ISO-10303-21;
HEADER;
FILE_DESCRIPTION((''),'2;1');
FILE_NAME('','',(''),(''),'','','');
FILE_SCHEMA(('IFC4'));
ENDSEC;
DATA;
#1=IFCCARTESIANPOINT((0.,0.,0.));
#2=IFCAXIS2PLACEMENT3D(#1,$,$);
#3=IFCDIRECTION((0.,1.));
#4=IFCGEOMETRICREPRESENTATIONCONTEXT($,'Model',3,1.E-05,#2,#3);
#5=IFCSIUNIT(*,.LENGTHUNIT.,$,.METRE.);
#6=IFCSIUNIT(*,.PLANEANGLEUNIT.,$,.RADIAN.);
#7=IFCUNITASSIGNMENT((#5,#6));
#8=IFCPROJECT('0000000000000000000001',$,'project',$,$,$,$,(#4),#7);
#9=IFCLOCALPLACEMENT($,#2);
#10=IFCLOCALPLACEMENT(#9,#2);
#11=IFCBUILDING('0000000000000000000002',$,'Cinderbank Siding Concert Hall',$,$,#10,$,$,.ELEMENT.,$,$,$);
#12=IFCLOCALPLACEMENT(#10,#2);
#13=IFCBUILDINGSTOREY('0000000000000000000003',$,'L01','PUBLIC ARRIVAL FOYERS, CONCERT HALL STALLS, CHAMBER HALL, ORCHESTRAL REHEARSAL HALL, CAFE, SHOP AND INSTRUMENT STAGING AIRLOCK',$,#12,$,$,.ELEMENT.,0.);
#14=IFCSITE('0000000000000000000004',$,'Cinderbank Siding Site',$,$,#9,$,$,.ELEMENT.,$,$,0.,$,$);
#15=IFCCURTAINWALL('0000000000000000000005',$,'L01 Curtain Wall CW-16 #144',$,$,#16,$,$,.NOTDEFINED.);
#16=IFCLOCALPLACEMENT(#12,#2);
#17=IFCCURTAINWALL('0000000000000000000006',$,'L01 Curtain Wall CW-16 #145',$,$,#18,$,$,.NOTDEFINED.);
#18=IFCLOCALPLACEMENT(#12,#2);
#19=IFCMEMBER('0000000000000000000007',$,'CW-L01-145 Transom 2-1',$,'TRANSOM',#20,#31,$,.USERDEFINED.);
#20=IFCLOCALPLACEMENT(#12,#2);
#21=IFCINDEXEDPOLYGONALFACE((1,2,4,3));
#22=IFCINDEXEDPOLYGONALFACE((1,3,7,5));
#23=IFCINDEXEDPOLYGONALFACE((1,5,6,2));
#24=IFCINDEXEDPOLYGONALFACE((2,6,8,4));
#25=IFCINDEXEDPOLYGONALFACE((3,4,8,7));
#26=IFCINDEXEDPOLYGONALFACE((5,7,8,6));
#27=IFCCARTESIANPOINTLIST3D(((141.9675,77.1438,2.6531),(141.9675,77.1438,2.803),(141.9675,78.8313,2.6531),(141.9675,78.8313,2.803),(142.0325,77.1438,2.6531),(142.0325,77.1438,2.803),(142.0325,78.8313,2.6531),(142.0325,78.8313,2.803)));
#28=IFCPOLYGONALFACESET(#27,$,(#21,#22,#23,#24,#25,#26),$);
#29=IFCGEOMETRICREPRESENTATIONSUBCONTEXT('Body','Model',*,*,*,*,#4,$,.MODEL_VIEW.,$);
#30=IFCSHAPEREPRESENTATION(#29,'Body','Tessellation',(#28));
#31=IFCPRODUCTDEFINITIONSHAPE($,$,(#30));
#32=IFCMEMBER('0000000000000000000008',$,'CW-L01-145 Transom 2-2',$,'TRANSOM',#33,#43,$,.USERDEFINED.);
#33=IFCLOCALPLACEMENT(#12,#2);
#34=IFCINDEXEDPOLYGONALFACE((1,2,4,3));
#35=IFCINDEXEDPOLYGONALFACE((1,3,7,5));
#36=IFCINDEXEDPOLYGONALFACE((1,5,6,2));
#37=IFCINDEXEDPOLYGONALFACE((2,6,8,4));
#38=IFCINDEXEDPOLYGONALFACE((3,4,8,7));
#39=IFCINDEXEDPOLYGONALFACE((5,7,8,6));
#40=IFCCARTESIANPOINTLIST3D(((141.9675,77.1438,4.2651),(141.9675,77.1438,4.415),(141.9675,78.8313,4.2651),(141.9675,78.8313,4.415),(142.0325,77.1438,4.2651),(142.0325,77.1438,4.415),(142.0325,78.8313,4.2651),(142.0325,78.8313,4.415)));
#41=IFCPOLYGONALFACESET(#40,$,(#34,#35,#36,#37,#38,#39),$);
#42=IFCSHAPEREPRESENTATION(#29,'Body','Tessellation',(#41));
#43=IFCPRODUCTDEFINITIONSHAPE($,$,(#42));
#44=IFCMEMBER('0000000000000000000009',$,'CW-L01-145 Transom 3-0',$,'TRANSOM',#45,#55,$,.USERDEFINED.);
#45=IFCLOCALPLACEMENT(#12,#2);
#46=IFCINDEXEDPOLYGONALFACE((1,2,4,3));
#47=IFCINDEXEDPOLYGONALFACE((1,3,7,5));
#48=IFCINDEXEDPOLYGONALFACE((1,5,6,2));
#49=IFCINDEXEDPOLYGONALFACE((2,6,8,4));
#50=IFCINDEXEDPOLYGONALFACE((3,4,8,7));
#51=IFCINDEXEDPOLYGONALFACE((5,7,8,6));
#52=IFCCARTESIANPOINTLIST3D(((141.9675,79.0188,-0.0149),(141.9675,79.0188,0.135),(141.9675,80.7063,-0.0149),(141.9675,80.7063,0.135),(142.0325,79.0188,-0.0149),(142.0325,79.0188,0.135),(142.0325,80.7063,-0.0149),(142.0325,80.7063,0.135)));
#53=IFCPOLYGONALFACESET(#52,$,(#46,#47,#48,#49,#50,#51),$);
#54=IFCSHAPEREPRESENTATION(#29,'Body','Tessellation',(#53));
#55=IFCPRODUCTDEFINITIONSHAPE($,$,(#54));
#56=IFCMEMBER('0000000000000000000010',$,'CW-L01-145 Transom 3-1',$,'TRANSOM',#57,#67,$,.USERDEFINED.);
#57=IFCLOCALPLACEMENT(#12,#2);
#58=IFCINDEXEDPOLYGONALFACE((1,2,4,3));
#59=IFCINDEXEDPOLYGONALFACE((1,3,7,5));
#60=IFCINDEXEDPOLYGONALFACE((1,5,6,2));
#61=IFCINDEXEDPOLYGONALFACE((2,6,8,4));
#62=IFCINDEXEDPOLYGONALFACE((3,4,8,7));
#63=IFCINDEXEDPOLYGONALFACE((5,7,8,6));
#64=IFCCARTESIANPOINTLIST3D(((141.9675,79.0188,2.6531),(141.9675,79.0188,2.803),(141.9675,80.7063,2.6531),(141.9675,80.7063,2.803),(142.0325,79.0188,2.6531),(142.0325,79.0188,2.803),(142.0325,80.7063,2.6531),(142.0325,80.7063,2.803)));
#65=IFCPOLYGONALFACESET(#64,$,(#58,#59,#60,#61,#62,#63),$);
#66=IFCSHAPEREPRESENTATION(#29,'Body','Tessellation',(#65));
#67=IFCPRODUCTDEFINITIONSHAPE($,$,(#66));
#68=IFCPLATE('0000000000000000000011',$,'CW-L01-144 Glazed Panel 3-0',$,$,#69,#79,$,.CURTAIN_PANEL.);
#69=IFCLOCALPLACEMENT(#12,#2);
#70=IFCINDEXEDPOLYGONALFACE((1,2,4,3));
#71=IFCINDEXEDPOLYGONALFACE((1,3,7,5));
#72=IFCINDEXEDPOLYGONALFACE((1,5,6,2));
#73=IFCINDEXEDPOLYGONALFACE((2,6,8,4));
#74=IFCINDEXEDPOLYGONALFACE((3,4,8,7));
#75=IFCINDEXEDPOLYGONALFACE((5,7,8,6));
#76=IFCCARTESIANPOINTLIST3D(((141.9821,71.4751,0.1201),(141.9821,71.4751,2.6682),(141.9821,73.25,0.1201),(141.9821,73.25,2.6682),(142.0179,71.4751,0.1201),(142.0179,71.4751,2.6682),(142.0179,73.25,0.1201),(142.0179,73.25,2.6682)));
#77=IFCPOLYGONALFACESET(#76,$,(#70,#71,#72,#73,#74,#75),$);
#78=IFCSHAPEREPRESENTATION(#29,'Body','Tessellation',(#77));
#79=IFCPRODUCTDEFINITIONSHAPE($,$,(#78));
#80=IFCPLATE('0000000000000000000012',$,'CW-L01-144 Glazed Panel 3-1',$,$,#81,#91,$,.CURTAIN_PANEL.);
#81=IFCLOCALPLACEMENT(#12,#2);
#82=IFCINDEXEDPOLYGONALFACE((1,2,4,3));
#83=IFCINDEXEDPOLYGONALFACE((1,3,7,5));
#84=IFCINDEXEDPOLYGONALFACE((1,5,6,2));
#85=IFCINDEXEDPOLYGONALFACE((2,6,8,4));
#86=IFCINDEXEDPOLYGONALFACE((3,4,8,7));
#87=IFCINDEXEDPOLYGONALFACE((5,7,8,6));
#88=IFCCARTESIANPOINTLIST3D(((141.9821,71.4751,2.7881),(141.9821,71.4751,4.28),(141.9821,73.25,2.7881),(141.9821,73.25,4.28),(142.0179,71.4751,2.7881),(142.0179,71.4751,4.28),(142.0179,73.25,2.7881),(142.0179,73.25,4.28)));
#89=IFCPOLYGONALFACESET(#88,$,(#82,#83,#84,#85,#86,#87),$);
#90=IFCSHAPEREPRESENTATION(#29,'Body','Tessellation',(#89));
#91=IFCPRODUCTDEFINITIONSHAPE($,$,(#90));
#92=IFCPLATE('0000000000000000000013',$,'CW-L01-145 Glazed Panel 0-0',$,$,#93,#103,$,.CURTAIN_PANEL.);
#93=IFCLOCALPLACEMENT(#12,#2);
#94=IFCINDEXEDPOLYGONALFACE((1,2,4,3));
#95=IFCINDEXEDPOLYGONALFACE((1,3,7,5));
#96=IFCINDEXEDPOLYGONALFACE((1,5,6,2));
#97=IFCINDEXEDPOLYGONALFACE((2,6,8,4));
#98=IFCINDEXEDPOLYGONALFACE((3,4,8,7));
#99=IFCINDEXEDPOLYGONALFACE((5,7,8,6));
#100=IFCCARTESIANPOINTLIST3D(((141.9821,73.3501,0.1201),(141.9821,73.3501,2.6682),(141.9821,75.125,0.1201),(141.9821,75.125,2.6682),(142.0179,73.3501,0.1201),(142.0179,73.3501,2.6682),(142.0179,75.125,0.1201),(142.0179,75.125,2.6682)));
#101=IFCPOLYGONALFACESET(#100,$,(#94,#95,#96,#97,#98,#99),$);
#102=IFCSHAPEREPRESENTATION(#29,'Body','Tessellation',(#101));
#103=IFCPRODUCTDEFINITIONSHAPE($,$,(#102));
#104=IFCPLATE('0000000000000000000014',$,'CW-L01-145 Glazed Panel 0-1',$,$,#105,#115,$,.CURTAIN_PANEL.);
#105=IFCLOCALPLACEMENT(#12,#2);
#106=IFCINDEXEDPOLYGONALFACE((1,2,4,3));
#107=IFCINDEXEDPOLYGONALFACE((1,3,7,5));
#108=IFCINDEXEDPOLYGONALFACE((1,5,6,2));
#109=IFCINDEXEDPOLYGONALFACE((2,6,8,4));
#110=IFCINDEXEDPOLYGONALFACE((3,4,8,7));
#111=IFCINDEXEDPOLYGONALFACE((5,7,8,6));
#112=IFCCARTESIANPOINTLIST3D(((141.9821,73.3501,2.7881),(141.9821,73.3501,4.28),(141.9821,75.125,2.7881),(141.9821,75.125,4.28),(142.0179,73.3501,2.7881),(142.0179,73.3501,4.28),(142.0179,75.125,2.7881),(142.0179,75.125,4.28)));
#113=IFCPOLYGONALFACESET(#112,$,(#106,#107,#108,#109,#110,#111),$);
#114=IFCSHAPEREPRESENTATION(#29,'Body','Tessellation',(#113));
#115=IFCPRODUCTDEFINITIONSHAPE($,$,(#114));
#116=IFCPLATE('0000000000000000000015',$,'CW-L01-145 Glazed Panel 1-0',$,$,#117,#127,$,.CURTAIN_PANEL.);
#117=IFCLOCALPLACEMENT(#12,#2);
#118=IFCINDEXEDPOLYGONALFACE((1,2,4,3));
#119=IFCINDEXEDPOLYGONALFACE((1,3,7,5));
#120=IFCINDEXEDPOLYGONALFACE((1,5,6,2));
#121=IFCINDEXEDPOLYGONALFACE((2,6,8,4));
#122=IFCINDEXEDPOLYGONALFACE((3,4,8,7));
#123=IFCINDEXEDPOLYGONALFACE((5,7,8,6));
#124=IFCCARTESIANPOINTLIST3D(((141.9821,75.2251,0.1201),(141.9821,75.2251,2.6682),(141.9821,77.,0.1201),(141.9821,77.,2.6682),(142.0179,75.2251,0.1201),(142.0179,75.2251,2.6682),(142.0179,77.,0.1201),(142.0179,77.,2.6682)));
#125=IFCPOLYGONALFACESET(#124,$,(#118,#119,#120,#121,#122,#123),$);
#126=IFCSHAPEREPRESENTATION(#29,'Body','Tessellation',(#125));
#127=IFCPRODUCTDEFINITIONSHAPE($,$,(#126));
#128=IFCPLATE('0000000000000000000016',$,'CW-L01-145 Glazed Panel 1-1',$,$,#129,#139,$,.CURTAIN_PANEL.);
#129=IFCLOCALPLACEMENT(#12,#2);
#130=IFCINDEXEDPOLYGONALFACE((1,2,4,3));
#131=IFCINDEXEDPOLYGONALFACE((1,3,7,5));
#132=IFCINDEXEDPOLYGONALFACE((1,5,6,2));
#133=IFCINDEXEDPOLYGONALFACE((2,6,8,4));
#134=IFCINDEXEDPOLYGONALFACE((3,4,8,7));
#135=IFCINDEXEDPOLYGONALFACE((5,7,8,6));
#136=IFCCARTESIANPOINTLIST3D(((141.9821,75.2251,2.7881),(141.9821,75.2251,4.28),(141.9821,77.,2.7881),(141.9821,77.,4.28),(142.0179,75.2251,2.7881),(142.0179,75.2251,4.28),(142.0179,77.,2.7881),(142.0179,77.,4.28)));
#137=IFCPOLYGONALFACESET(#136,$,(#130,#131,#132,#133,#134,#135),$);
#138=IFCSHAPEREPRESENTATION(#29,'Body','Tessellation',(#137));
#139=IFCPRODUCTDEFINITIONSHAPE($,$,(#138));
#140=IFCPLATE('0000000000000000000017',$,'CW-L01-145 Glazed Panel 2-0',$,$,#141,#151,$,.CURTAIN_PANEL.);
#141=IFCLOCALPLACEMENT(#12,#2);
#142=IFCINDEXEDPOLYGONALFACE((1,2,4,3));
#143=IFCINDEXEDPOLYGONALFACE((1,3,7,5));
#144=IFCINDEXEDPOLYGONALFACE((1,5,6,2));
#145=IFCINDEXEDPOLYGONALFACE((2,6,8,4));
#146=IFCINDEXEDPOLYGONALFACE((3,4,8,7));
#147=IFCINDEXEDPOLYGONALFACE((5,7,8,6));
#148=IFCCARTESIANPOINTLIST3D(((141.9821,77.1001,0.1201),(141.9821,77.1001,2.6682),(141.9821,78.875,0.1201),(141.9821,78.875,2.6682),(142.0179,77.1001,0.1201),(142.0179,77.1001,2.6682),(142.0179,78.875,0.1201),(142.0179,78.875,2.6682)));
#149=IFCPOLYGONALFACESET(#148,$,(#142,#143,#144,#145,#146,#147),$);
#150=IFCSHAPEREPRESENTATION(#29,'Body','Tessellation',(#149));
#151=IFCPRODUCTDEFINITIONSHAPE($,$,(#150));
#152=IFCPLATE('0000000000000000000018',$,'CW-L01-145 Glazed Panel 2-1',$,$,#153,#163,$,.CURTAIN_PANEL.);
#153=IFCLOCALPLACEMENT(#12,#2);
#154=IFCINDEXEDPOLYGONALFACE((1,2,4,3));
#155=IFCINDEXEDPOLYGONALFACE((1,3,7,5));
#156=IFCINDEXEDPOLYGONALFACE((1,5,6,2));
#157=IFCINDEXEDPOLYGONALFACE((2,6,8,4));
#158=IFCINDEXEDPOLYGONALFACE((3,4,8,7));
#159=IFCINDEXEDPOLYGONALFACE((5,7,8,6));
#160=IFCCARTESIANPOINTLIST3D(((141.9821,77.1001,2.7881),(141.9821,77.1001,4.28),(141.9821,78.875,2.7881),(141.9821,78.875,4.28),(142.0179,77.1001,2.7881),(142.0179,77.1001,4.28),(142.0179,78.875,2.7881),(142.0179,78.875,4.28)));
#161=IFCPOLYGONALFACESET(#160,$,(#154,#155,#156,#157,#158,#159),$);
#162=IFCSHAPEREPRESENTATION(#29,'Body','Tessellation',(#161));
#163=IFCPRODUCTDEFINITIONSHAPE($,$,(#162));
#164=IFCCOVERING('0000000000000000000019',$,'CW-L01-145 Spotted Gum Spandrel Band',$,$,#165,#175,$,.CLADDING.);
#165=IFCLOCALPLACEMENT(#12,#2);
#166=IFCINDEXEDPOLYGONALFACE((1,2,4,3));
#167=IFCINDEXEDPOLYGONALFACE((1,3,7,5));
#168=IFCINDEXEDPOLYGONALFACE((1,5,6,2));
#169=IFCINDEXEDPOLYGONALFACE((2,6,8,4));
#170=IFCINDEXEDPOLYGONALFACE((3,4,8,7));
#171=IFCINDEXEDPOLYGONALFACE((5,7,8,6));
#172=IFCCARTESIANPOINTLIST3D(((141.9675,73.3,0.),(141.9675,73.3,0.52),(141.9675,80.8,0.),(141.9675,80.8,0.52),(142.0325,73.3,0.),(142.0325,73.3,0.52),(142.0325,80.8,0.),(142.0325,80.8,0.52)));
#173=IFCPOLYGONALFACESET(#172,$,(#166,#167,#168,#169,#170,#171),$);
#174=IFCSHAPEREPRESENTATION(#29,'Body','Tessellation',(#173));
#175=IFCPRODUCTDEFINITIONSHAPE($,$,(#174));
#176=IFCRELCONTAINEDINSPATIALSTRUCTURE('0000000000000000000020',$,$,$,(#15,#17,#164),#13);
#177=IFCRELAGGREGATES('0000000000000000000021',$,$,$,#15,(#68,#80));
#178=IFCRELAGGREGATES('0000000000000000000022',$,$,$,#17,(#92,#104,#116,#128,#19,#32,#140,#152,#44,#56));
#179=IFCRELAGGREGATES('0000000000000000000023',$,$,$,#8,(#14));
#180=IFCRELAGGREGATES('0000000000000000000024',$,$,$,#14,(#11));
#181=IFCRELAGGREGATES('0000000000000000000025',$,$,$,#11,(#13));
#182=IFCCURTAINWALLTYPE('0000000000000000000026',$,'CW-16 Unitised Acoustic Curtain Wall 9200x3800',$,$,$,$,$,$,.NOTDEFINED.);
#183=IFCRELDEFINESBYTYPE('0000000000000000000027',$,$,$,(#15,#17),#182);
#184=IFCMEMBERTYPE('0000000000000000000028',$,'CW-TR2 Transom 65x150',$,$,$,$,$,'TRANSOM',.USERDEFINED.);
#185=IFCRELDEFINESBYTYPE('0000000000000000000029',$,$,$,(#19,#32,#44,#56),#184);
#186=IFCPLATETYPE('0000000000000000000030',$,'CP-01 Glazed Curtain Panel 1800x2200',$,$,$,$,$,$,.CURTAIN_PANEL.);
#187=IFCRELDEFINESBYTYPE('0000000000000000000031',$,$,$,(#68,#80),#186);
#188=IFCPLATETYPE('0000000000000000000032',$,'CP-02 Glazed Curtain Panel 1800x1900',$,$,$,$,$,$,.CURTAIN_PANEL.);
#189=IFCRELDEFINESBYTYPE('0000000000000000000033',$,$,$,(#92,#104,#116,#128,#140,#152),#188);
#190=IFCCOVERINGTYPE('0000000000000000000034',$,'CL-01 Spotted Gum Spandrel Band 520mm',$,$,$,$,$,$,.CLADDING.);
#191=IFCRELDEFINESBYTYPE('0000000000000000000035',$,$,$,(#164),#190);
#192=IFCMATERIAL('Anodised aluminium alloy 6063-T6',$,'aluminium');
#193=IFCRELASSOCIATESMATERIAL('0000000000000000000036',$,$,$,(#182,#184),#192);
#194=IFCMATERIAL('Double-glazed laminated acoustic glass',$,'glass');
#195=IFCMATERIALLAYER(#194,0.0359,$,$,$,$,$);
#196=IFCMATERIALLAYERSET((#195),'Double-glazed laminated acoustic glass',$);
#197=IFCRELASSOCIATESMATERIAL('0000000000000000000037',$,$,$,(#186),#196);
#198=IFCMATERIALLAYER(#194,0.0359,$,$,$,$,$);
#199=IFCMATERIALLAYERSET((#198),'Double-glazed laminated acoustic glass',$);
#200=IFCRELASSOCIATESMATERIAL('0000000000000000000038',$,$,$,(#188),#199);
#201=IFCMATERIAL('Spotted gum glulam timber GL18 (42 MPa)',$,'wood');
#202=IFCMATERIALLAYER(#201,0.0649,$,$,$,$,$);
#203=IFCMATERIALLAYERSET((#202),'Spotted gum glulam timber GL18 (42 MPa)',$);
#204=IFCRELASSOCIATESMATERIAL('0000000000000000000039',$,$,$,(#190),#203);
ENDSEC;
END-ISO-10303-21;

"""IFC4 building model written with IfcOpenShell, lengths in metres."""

from ifc_helpers import new_model, si_unit, direction, frame, origin, origin_2d, place, context, subcontext, project, spatial, rectangle, extrude, material, layer, layer_set, material_profile, profile_set, type_object, element, aggregate, save


model = new_model("IFC4")

# Units and contexts
model_context = context("Model", 3, precision=1e-05, world=origin(), true_north=direction((0.0, 1.0)))
body_context = subcontext(model_context, "Body", "Model", "MODEL_VIEW")
ifc_project = project(units=[si_unit("LENGTHUNIT", "METRE"), si_unit("PLANEANGLEUNIT", "RADIAN")], contexts=[model_context])

# Site, building, storey
site_placement = place(None, origin())
site = spatial("IfcSite", under=ifc_project, at=site_placement, Name="Cinderbank Siding Site", CompositionType="ELEMENT", RefElevation=0.0)
building_placement = place(site_placement, origin())
building = spatial("IfcBuilding", under=site, at=building_placement, Name="Cinderbank Siding Concert Hall", CompositionType="ELEMENT")
storey_placement = place(building_placement, origin())
storey = spatial("IfcBuildingStorey", under=building, at=storey_placement, Name="L01", Description="PUBLIC ARRIVAL FOYERS, CONCERT HALL STALLS, CHAMBER HALL, ORCHESTRAL REHEARSAL HALL, CAFE, SHOP AND INSTRUMENT STAGING AIRLOCK", CompositionType="ELEMENT", Elevation=0.0)

# Curtain wall
ifc_material_1 = material(Name="Anodised aluminium alloy 6063-T6", Category="aluminium")
curtain_wall_type = type_object("IfcCurtainWallType", Name="CW-16 Unitised Acoustic Curtain Wall 9200x3800", PredefinedType="NOTDEFINED", material=ifc_material_1)
curtain_wall_1_placement = place(storey_placement, origin())
curtain_wall_1 = element("IfcCurtainWall", 1, at=curtain_wall_1_placement, inside=storey, type_object=curtain_wall_type, Name="L01 Curtain Wall CW-16 #144", PredefinedType="NOTDEFINED")

# Curtain wall
curtain_wall_2_placement = place(storey_placement, origin())
curtain_wall_2 = element("IfcCurtainWall", 2, at=curtain_wall_2_placement, inside=storey, type_object=curtain_wall_type, Name="L01 Curtain Wall CW-16 #145", PredefinedType="NOTDEFINED")

# Members
ifc_material_profile_1 = material_profile(ifc_material_1, rectangle(XDim=0.0649, YDim=0.1499, at=origin_2d()), Name="ALU-TRAN-65x150", Category="LoadBearing")
ifc_profile_set_1 = profile_set([ifc_material_profile_1], Name="Anodised aluminium alloy 6063-T6")
member_type_1 = type_object("IfcMemberType", Name="CW-TR2 Transom 65x150", ElementType="TRANSOM", PredefinedType="USERDEFINED", material=ifc_profile_set_1)
member_1_placement = place(storey_placement, frame((142.0, 77.1438, 2.728), z_axis=(0.0, 1.0, 0.0), x_axis=(-1.0, 0.0, 0.0)))
member_1 = element("IfcMember", 3, at=member_1_placement, type_object=member_type_1, Name="CW-L01-145 Transom 2-1", ObjectType="TRANSOM", PredefinedType="USERDEFINED", context=body_context, shape_type="SweptSolid", body=[
    extrude(rectangle(XDim=0.0649, YDim=0.1499, at=origin_2d()), origin(), (0.0, 0.0, 1.0), 1.6875),
])
member_2_placement = place(storey_placement, frame((142.0, 77.1438, 4.3401), z_axis=(0.0, 1.0, 0.0), x_axis=(-1.0, 0.0, 0.0)))
member_2 = element("IfcMember", 4, at=member_2_placement, type_object=member_type_1, Name="CW-L01-145 Transom 2-2", ObjectType="TRANSOM", PredefinedType="USERDEFINED", context=body_context, shape_type="SweptSolid", body=[
    extrude(rectangle(XDim=0.0649, YDim=0.1499, at=origin_2d()), origin(), (0.0, 0.0, 1.0), 1.6875),
])
member_3_placement = place(storey_placement, frame((142.0, 79.0188, 0.0601), z_axis=(0.0, 1.0, 0.0), x_axis=(-1.0, 0.0, 0.0)))
member_3 = element("IfcMember", 5, at=member_3_placement, type_object=member_type_1, Name="CW-L01-145 Transom 3-0", ObjectType="TRANSOM", PredefinedType="USERDEFINED", context=body_context, shape_type="SweptSolid", body=[
    extrude(rectangle(XDim=0.0649, YDim=0.1499, at=origin_2d()), origin(), (0.0, 0.0, 1.0), 1.6875),
])
member_4_placement = place(storey_placement, frame((142.0, 79.0188, 2.728), z_axis=(0.0, 1.0, 0.0), x_axis=(-1.0, 0.0, 0.0)))
member_4 = element("IfcMember", 6, at=member_4_placement, type_object=member_type_1, Name="CW-L01-145 Transom 3-1", ObjectType="TRANSOM", PredefinedType="USERDEFINED", context=body_context, shape_type="SweptSolid", body=[
    extrude(rectangle(XDim=0.0649, YDim=0.1499, at=origin_2d()), origin(), (0.0, 0.0, 1.0), 1.6875),
])

# Plates
ifc_material_2 = material(Name="Double-glazed laminated acoustic glass", Category="glass")
ifc_layer_1 = layer(ifc_material_2, 0.0359)
ifc_layer_set_1 = layer_set([ifc_layer_1], Name="Double-glazed laminated acoustic glass")
plate_type_1 = type_object("IfcPlateType", Name="CP-01 Glazed Curtain Panel 1800x2200", PredefinedType="CURTAIN_PANEL", material=ifc_layer_set_1)
plate_1_placement = place(storey_placement, frame((142.0, 72.3625, 0.1201), z_axis=(0.0, 0.0, 1.0), x_axis=(0.0, 1.0, 0.0)))
plate_1 = element("IfcPlate", 7, at=plate_1_placement, type_object=plate_type_1, Name="CW-L01-144 Glazed Panel 3-0", PredefinedType="CURTAIN_PANEL", context=body_context, shape_type="SweptSolid", body=[
    extrude(rectangle(XDim=1.7749, YDim=0.0359, at=origin_2d()), origin(), (0.0, 0.0, 1.0), 2.5481),
])
plate_2_placement = place(storey_placement, frame((142.0, 72.3625, 2.7881), z_axis=(0.0, 0.0, 1.0), x_axis=(0.0, 1.0, 0.0)))
plate_2 = element("IfcPlate", 8, at=plate_2_placement, type_object=plate_type_1, Name="CW-L01-144 Glazed Panel 3-1", PredefinedType="CURTAIN_PANEL", context=body_context, shape_type="SweptSolid", body=[
    extrude(rectangle(XDim=1.7749, YDim=0.0359, at=origin_2d()), origin(), (0.0, 0.0, 1.0), 1.4919),
])
aggregate(curtain_wall_1, [plate_1, plate_2])
ifc_layer_2 = layer(ifc_material_2, 0.0359)
ifc_layer_set_2 = layer_set([ifc_layer_2], Name="Double-glazed laminated acoustic glass")
plate_type_2 = type_object("IfcPlateType", Name="CP-02 Glazed Curtain Panel 1800x1900", PredefinedType="CURTAIN_PANEL", material=ifc_layer_set_2)
plate_3_placement = place(storey_placement, frame((142.0, 74.2375, 0.1201), z_axis=(0.0, 0.0, 1.0), x_axis=(0.0, 1.0, 0.0)))
plate_3 = element("IfcPlate", 9, at=plate_3_placement, type_object=plate_type_2, Name="CW-L01-145 Glazed Panel 0-0", PredefinedType="CURTAIN_PANEL", context=body_context, shape_type="SweptSolid", body=[
    extrude(rectangle(XDim=1.7749, YDim=0.0359, at=origin_2d()), origin(), (0.0, 0.0, 1.0), 2.5481),
])
plate_4_placement = place(storey_placement, frame((142.0, 74.2375, 2.7881), z_axis=(0.0, 0.0, 1.0), x_axis=(0.0, 1.0, 0.0)))
plate_4 = element("IfcPlate", 10, at=plate_4_placement, type_object=plate_type_2, Name="CW-L01-145 Glazed Panel 0-1", PredefinedType="CURTAIN_PANEL", context=body_context, shape_type="SweptSolid", body=[
    extrude(rectangle(XDim=1.7749, YDim=0.0359, at=origin_2d()), origin(), (0.0, 0.0, 1.0), 1.4919),
])
plate_5_placement = place(storey_placement, frame((142.0, 76.1125, 0.1201), z_axis=(0.0, 0.0, 1.0), x_axis=(0.0, 1.0, 0.0)))
plate_5 = element("IfcPlate", 11, at=plate_5_placement, type_object=plate_type_2, Name="CW-L01-145 Glazed Panel 1-0", PredefinedType="CURTAIN_PANEL", context=body_context, shape_type="SweptSolid", body=[
    extrude(rectangle(XDim=1.7749, YDim=0.0359, at=origin_2d()), origin(), (0.0, 0.0, 1.0), 2.5481),
])
plate_6_placement = place(storey_placement, frame((142.0, 76.1125, 2.7881), z_axis=(0.0, 0.0, 1.0), x_axis=(0.0, 1.0, 0.0)))
plate_6 = element("IfcPlate", 12, at=plate_6_placement, type_object=plate_type_2, Name="CW-L01-145 Glazed Panel 1-1", PredefinedType="CURTAIN_PANEL", context=body_context, shape_type="SweptSolid", body=[
    extrude(rectangle(XDim=1.7749, YDim=0.0359, at=origin_2d()), origin(), (0.0, 0.0, 1.0), 1.4919),
])
plate_7_placement = place(storey_placement, frame((142.0, 77.9875, 0.1201), z_axis=(0.0, 0.0, 1.0), x_axis=(0.0, 1.0, 0.0)))
plate_7 = element("IfcPlate", 13, at=plate_7_placement, type_object=plate_type_2, Name="CW-L01-145 Glazed Panel 2-0", PredefinedType="CURTAIN_PANEL", context=body_context, shape_type="SweptSolid", body=[
    extrude(rectangle(XDim=1.7749, YDim=0.0359, at=origin_2d()), origin(), (0.0, 0.0, 1.0), 2.5481),
])
plate_8_placement = place(storey_placement, frame((142.0, 77.9875, 2.7881), z_axis=(0.0, 0.0, 1.0), x_axis=(0.0, 1.0, 0.0)))
plate_8 = element("IfcPlate", 14, at=plate_8_placement, type_object=plate_type_2, Name="CW-L01-145 Glazed Panel 2-1", PredefinedType="CURTAIN_PANEL", context=body_context, shape_type="SweptSolid", body=[
    extrude(rectangle(XDim=1.7749, YDim=0.0359, at=origin_2d()), origin(), (0.0, 0.0, 1.0), 1.4919),
])
aggregate(curtain_wall_2, [plate_3, plate_4, plate_5, plate_6, member_1, member_2, plate_7, plate_8, member_3, member_4])

# Covering
ifc_material_3 = material(Name="Spotted gum glulam timber GL18 (42 MPa)", Category="wood")
ifc_layer_3 = layer(ifc_material_3, 0.0649)
ifc_layer_set_3 = layer_set([ifc_layer_3], Name="Spotted gum glulam timber GL18 (42 MPa)")
covering_type = type_object("IfcCoveringType", Name="CL-01 Spotted Gum Spandrel Band 520mm", PredefinedType="CLADDING", material=ifc_layer_set_3)
covering_placement = place(storey_placement, frame((142.0, 77.05, 0.0), z_axis=(0.0, 0.0, 1.0), x_axis=(0.0, 1.0, 0.0)))
element("IfcCovering", 15, at=covering_placement, inside=storey, type_object=covering_type, Name="CW-L01-145 Spotted Gum Spandrel Band", PredefinedType="CLADDING", context=body_context, shape_type="SweptSolid", body=[
    extrude(rectangle(XDim=7.5, YDim=0.0649, at=origin_2d()), origin(), (0.0, 0.0, 1.0), 0.52),
])

save(model, "model.ifc")
